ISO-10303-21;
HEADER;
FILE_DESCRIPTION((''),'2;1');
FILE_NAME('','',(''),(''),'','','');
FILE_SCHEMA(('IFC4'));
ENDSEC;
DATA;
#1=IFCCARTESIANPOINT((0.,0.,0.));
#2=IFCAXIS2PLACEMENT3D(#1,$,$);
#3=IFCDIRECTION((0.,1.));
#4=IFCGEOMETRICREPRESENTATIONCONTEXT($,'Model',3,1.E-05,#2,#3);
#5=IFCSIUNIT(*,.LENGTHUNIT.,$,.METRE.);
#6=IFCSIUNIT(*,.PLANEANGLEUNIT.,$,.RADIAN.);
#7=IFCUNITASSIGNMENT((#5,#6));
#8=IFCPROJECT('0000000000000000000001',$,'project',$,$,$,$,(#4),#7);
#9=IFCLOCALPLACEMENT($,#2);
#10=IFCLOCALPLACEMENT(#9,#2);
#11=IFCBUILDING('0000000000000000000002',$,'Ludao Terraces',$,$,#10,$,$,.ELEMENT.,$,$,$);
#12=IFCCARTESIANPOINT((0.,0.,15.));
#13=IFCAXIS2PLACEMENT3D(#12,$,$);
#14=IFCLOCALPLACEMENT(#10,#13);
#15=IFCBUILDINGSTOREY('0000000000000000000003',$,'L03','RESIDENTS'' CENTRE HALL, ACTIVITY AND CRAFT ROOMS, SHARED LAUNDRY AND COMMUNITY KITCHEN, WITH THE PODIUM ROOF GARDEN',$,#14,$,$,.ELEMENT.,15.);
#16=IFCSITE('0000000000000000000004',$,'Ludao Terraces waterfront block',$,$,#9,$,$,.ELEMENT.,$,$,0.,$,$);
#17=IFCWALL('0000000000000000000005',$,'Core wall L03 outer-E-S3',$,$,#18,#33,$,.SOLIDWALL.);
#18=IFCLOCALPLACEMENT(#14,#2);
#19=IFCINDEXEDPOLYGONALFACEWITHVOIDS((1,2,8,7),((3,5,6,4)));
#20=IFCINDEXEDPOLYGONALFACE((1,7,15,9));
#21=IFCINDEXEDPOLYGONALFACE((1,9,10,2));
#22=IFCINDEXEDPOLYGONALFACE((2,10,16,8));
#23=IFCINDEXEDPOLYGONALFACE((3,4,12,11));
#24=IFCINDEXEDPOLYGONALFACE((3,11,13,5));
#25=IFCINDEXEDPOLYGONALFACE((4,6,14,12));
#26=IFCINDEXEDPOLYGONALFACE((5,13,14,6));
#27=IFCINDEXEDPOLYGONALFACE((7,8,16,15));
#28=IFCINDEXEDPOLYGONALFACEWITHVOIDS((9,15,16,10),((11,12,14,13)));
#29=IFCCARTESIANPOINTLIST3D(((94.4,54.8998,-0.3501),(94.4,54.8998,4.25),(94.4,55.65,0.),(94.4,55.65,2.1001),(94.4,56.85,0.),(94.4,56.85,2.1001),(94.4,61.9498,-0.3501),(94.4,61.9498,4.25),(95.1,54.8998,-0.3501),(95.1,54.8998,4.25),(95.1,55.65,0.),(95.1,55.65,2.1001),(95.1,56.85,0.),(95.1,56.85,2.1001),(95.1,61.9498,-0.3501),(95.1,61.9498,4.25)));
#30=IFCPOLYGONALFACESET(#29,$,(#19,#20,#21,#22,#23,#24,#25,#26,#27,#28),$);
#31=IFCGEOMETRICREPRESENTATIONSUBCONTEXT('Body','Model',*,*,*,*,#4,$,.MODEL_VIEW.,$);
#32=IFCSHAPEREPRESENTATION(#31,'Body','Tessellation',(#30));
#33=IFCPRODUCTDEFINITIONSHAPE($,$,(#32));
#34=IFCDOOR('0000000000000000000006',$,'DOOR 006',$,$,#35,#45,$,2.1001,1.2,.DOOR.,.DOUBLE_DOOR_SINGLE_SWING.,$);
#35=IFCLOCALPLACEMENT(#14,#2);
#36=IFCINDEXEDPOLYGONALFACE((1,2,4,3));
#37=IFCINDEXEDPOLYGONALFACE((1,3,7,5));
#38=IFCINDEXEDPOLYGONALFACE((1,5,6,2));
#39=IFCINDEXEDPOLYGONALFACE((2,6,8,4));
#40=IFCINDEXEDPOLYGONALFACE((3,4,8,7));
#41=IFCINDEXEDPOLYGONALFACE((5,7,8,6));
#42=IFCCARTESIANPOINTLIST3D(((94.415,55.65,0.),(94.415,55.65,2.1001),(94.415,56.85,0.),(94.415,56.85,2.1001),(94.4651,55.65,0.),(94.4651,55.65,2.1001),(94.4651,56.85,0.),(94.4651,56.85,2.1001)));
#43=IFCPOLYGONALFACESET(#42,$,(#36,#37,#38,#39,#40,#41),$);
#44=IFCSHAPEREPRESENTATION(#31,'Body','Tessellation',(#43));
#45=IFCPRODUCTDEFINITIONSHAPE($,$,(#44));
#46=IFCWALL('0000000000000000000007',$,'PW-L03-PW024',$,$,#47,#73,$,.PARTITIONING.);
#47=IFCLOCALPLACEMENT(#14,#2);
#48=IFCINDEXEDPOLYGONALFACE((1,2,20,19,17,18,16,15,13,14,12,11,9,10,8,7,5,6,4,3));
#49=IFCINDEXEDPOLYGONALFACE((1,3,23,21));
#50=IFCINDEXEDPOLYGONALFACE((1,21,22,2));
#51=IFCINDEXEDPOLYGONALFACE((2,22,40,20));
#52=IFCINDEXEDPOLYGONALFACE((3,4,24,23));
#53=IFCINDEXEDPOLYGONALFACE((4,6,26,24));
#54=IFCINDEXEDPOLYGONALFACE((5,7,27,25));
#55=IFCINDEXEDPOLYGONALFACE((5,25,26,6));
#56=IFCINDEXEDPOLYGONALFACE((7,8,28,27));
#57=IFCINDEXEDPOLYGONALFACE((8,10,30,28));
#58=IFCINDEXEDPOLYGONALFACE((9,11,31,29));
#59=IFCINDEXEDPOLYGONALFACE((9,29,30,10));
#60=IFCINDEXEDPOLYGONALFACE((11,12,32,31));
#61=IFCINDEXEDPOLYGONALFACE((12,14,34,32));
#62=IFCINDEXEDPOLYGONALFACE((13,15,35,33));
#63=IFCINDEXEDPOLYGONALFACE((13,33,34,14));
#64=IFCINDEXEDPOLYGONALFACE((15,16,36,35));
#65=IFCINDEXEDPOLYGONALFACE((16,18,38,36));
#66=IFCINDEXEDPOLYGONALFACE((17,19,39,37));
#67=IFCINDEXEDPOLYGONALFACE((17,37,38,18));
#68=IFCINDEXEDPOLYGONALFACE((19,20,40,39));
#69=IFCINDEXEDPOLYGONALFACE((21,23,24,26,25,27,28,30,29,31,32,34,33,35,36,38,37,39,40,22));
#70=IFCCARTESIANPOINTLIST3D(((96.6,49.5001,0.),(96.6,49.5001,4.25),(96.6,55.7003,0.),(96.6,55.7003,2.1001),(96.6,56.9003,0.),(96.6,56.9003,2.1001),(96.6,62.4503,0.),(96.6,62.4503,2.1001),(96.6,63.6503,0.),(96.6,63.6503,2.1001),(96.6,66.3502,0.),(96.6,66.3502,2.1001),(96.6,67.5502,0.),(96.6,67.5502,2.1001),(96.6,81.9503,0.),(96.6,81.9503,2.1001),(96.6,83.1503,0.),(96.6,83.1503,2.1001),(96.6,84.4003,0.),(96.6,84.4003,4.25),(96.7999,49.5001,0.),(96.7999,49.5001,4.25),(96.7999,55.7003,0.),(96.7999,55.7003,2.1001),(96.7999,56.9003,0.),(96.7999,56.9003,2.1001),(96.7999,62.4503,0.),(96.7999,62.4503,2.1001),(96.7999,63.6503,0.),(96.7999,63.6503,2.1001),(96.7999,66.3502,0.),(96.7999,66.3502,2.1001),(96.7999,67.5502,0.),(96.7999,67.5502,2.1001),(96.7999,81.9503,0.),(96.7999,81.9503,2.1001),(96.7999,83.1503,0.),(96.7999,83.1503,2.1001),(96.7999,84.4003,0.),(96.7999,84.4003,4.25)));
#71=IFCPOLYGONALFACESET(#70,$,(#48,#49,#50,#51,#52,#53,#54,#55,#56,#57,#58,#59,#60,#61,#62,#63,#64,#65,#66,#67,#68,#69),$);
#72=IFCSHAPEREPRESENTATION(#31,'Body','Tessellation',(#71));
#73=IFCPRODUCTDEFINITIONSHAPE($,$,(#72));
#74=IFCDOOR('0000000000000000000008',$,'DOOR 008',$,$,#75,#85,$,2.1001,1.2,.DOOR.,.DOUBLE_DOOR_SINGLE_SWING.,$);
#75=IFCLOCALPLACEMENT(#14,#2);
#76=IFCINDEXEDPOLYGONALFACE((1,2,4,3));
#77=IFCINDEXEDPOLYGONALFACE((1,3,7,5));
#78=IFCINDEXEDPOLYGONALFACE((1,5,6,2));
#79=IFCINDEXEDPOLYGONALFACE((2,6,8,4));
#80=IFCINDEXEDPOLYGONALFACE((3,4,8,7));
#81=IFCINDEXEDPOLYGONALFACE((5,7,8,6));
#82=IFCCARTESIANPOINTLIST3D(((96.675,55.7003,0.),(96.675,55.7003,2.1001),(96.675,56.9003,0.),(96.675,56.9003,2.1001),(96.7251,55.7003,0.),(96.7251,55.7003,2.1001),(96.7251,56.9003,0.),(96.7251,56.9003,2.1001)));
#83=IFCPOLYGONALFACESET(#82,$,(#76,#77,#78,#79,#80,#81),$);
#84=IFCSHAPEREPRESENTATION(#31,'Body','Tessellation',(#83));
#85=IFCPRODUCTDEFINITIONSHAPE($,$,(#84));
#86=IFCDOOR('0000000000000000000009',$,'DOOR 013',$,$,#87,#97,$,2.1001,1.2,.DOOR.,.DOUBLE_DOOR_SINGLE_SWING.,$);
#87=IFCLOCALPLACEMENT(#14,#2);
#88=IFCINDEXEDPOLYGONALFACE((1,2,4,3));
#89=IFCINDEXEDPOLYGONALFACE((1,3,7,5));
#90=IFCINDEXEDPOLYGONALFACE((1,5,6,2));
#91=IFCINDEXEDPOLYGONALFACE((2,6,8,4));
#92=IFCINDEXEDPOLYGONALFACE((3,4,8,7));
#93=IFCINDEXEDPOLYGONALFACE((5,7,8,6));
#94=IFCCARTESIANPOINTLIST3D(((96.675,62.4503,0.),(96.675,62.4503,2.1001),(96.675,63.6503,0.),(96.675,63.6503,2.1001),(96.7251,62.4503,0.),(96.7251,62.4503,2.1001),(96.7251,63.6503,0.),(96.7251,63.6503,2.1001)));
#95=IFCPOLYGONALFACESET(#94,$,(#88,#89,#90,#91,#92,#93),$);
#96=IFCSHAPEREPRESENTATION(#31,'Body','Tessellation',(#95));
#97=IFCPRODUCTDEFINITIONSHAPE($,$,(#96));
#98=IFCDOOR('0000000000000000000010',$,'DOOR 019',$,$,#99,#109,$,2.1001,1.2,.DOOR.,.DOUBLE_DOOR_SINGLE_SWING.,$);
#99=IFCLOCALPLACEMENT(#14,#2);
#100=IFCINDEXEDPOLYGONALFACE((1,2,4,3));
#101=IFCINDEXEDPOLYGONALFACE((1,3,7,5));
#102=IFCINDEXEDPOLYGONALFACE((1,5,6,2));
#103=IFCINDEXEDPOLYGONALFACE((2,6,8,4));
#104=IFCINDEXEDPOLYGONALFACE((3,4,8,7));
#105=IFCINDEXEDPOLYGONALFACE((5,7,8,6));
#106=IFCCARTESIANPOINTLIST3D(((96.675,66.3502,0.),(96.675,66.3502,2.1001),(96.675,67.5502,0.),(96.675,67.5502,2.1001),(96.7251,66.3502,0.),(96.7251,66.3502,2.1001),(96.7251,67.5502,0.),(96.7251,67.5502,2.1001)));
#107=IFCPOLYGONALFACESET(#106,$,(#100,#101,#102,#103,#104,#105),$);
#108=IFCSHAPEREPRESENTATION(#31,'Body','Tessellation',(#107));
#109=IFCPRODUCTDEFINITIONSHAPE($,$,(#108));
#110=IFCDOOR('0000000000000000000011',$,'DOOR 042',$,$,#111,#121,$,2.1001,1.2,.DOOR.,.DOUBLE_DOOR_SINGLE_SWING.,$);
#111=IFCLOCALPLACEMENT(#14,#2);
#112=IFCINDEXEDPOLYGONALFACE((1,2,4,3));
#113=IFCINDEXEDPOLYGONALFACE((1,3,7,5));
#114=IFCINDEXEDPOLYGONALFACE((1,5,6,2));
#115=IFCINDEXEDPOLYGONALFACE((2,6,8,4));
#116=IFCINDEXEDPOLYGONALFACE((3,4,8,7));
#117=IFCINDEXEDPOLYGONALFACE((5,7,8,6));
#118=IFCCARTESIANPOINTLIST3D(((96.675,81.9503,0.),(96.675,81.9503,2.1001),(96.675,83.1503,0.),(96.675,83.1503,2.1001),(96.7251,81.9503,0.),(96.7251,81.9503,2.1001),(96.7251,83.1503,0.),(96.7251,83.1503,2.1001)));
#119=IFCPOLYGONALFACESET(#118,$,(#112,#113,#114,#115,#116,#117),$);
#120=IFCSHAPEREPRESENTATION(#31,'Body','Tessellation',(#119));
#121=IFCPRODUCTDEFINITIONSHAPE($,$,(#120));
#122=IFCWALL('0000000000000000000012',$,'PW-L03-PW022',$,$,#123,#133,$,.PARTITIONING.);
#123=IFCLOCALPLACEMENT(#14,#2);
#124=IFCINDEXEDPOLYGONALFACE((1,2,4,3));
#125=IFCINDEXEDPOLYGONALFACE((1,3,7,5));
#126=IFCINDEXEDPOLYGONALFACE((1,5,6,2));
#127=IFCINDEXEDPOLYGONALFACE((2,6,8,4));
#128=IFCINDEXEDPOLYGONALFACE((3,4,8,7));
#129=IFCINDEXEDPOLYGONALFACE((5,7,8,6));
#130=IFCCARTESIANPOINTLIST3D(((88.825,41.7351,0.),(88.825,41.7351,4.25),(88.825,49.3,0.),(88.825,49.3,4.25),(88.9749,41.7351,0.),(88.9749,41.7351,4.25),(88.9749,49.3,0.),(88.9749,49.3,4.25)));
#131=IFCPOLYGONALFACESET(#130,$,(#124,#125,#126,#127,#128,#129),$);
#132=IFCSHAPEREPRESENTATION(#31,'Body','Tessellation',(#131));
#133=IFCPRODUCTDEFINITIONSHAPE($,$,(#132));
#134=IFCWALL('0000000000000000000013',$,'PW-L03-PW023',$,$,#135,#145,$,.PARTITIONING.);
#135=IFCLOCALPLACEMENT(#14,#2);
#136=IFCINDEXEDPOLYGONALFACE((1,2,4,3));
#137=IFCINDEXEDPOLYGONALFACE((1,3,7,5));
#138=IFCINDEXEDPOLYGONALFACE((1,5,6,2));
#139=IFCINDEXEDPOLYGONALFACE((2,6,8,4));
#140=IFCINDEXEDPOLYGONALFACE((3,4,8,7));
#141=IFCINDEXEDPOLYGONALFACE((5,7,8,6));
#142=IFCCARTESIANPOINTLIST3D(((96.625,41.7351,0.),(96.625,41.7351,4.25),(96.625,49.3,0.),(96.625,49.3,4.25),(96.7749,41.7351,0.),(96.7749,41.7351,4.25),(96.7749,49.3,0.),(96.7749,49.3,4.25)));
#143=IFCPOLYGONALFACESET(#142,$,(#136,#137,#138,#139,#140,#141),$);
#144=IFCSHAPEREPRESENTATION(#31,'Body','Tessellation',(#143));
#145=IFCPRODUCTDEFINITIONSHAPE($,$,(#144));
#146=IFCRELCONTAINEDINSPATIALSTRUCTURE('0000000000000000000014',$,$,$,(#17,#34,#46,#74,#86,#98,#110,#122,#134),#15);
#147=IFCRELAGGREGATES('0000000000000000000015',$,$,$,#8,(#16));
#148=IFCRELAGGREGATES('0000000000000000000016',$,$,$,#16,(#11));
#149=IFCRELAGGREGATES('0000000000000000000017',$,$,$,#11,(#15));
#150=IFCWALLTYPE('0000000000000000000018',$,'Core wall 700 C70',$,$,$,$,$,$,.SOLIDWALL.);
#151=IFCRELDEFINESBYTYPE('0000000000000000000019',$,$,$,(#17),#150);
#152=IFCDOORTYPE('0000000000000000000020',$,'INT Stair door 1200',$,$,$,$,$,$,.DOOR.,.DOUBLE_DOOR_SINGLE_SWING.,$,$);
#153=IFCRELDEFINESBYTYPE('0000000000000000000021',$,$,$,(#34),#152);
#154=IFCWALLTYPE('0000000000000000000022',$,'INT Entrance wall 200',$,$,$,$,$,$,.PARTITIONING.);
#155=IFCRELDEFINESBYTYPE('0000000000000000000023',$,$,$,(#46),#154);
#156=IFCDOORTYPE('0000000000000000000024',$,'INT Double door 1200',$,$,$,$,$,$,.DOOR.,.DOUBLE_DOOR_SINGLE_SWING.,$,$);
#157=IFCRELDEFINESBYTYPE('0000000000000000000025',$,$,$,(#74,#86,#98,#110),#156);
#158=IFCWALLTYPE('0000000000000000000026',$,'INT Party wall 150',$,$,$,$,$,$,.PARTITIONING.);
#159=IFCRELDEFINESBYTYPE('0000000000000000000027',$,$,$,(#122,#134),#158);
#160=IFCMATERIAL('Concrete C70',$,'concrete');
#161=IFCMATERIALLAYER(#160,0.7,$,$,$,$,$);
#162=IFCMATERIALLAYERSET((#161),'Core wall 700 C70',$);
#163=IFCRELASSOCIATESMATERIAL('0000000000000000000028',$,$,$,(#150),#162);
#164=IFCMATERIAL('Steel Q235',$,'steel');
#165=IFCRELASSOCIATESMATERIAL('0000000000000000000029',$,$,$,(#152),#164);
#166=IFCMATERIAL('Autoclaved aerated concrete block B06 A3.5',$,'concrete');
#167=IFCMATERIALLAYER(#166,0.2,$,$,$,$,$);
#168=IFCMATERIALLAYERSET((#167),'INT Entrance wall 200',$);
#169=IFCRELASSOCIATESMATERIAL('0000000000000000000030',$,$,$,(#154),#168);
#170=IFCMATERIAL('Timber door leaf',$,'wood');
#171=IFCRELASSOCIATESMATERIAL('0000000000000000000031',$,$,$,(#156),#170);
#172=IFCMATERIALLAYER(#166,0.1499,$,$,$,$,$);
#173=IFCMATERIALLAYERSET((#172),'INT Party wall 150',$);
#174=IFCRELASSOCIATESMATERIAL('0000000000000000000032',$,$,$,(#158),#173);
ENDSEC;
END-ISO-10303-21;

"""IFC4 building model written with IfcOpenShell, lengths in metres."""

from ifc_helpers import new_model, si_unit, direction, frame, frame_2d, origin, place, context, subcontext, project, spatial, rectangle, extrude, material, layer, layer_set, type_object, element, fill, save


model = new_model("IFC4")

# Units and contexts
model_context = context("Model", 3, precision=1e-05, world=origin(), true_north=direction((0.0, 1.0)))
body_context = subcontext(model_context, "Body", "Model", "MODEL_VIEW")
ifc_project = project(units=[si_unit("LENGTHUNIT", "METRE"), si_unit("PLANEANGLEUNIT", "RADIAN")], contexts=[model_context])

# Site, building, storey
site_placement = place(None, origin())
site = spatial("IfcSite", under=ifc_project, at=site_placement, Name="Ludao Terraces waterfront block", CompositionType="ELEMENT", RefElevation=0.0)
building_placement = place(site_placement, origin())
building = spatial("IfcBuilding", under=site, at=building_placement, Name="Ludao Terraces", CompositionType="ELEMENT")
storey_placement = place(building_placement, frame((0.0, 0.0, 15.0)))
storey = spatial("IfcBuildingStorey", under=building, at=storey_placement, Name="L03", Description="RESIDENTS' CENTRE HALL, ACTIVITY AND CRAFT ROOMS, SHARED LAUNDRY AND COMMUNITY KITCHEN, WITH THE PODIUM ROOF GARDEN", CompositionType="ELEMENT", Elevation=15.0)

# Wall, opening, door
ifc_material_1 = material(Name="Concrete C70", Category="concrete")
ifc_layer_1 = layer(ifc_material_1, 0.7)
ifc_layer_set_1 = layer_set([ifc_layer_1], Name="Core wall 700 C70")
wall_type_1 = type_object("IfcWallType", Name="Core wall 700 C70", PredefinedType="SOLIDWALL", material=ifc_layer_set_1)
wall_1_placement = place(storey_placement, frame((94.75, 54.8999, -0.3501), z_axis=(0.0, 0.0, 1.0), x_axis=(0.0, 1.0, 0.0)))
wall_1 = element("IfcWall", 1, at=wall_1_placement, inside=storey, type_object=wall_type_1, Name="Core wall L03 outer-E-S3", PredefinedType="SOLIDWALL", context=body_context, shape_type="SweptSolid", body=[
    extrude(rectangle(XDim=7.05, YDim=0.7, at=frame_2d((3.5249, 0.0))), origin(), (0.0, 0.0, 1.0), 4.6001),
])
opening_1_placement = place(wall_1_placement, frame((0.75, 0.0, 0.3501)))
opening_1 = element("IfcOpeningElement", 2, at=opening_1_placement, cuts=wall_1, PredefinedType="OPENING", context=body_context, shape_type="SweptSolid", body=[
    extrude(rectangle(XDim=1.2, YDim=2.1001, at=frame_2d((0.6001, 1.05))), frame((0.0, 0.3599, 0.0), z_axis=(0.0, -1.0, 0.0), x_axis=(1.0, 0.0, 0.0)), (0.0, 0.0, 1.0), 0.72),
])
ifc_material_2 = material(Name="Steel Q235", Category="steel")
door_type_1 = type_object("IfcDoorType", Name="INT Stair door 1200", OperationType="DOUBLE_DOOR_SINGLE_SWING", PredefinedType="DOOR", material=ifc_material_2)
door_1_placement = place(opening_1_placement, origin())
door_1 = element("IfcDoor", 3, at=door_1_placement, inside=storey, type_object=door_type_1, Name="DOOR 006", OperationType="DOUBLE_DOOR_SINGLE_SWING", OverallHeight=2.1001, OverallWidth=1.2, PredefinedType="DOOR", context=body_context, shape_type="SweptSolid", body=[
    extrude(rectangle(XDim=1.2, YDim=2.1001, at=frame_2d((0.6001, 1.05))), frame((0.0, 0.335, 0.0), z_axis=(0.0, -1.0, 0.0), x_axis=(1.0, 0.0, 0.0)), (0.0, 0.0, 1.0), 0.05),
])
fill(opening_1, door_1)

# Wall, openings, doors
ifc_material_3 = material(Name="Autoclaved aerated concrete block B06 A3.5", Category="concrete")
ifc_layer_2 = layer(ifc_material_3, 0.2)
ifc_layer_set_2 = layer_set([ifc_layer_2], Name="INT Entrance wall 200")
wall_type_2 = type_object("IfcWallType", Name="INT Entrance wall 200", PredefinedType="PARTITIONING", material=ifc_layer_set_2)
wall_2_placement = place(storey_placement, frame((96.7, 49.5, 0.0), z_axis=(0.0, 0.0, 1.0), x_axis=(0.0, 1.0, 0.0)))
wall_2 = element("IfcWall", 4, at=wall_2_placement, inside=storey, type_object=wall_type_2, Name="PW-L03-PW024", PredefinedType="PARTITIONING", context=body_context, shape_type="SweptSolid", body=[
    extrude(rectangle(XDim=34.9001, YDim=0.2, at=frame_2d((17.4502, 0.0))), origin(), (0.0, 0.0, 1.0), 4.25),
])
opening_2_placement = place(wall_2_placement, frame((6.2002, 0.0, 0.0)))
opening_2 = element("IfcOpeningElement", 5, at=opening_2_placement, cuts=wall_2, PredefinedType="OPENING", context=body_context, shape_type="SweptSolid", body=[
    extrude(rectangle(XDim=1.2, YDim=2.1001, at=frame_2d((0.6001, 1.05))), frame((0.0, 0.1099, 0.0), z_axis=(0.0, -1.0, 0.0), x_axis=(1.0, 0.0, 0.0)), (0.0, 0.0, 1.0), 0.22),
])
opening_3_placement = place(wall_2_placement, frame((12.9502, 0.0, 0.0)))
opening_3 = element("IfcOpeningElement", 6, at=opening_3_placement, cuts=wall_2, PredefinedType="OPENING", context=body_context, shape_type="SweptSolid", body=[
    extrude(rectangle(XDim=1.2, YDim=2.1001, at=frame_2d((0.6001, 1.05))), frame((0.0, 0.1099, 0.0), z_axis=(0.0, -1.0, 0.0), x_axis=(1.0, 0.0, 0.0)), (0.0, 0.0, 1.0), 0.22),
])
opening_4_placement = place(wall_2_placement, frame((16.8501, 0.0, 0.0)))
opening_4 = element("IfcOpeningElement", 7, at=opening_4_placement, cuts=wall_2, PredefinedType="OPENING", context=body_context, shape_type="SweptSolid", body=[
    extrude(rectangle(XDim=1.2, YDim=2.1001, at=frame_2d((0.6001, 1.05))), frame((0.0, 0.1099, 0.0), z_axis=(0.0, -1.0, 0.0), x_axis=(1.0, 0.0, 0.0)), (0.0, 0.0, 1.0), 0.22),
])
opening_5_placement = place(wall_2_placement, frame((32.4502, 0.0, 0.0)))
opening_5 = element("IfcOpeningElement", 8, at=opening_5_placement, cuts=wall_2, PredefinedType="OPENING", context=body_context, shape_type="SweptSolid", body=[
    extrude(rectangle(XDim=1.2, YDim=2.1001, at=frame_2d((0.6001, 1.05))), frame((0.0, 0.1099, 0.0), z_axis=(0.0, -1.0, 0.0), x_axis=(1.0, 0.0, 0.0)), (0.0, 0.0, 1.0), 0.22),
])
ifc_material_4 = material(Name="Timber door leaf", Category="wood")
door_type_2 = type_object("IfcDoorType", Name="INT Double door 1200", OperationType="DOUBLE_DOOR_SINGLE_SWING", PredefinedType="DOOR", material=ifc_material_4)
door_2_placement = place(opening_2_placement, origin())
door_2 = element("IfcDoor", 9, at=door_2_placement, inside=storey, type_object=door_type_2, Name="DOOR 008", OperationType="DOUBLE_DOOR_SINGLE_SWING", OverallHeight=2.1001, OverallWidth=1.2, PredefinedType="DOOR", context=body_context, shape_type="SweptSolid", body=[
    extrude(rectangle(XDim=1.2, YDim=2.1001, at=frame_2d((0.6001, 1.05))), frame((0.0, 0.0249, 0.0), z_axis=(0.0, -1.0, 0.0), x_axis=(1.0, 0.0, 0.0)), (0.0, 0.0, 1.0), 0.05),
])
fill(opening_2, door_2)
door_3_placement = place(opening_3_placement, origin())
door_3 = element("IfcDoor", 10, at=door_3_placement, inside=storey, type_object=door_type_2, Name="DOOR 013", OperationType="DOUBLE_DOOR_SINGLE_SWING", OverallHeight=2.1001, OverallWidth=1.2, PredefinedType="DOOR", context=body_context, shape_type="SweptSolid", body=[
    extrude(rectangle(XDim=1.2, YDim=2.1001, at=frame_2d((0.6001, 1.05))), frame((0.0, 0.0249, 0.0), z_axis=(0.0, -1.0, 0.0), x_axis=(1.0, 0.0, 0.0)), (0.0, 0.0, 1.0), 0.05),
])
fill(opening_3, door_3)
door_4_placement = place(opening_4_placement, origin())
door_4 = element("IfcDoor", 11, at=door_4_placement, inside=storey, type_object=door_type_2, Name="DOOR 019", OperationType="DOUBLE_DOOR_SINGLE_SWING", OverallHeight=2.1001, OverallWidth=1.2, PredefinedType="DOOR", context=body_context, shape_type="SweptSolid", body=[
    extrude(rectangle(XDim=1.2, YDim=2.1001, at=frame_2d((0.6001, 1.05))), frame((0.0, 0.0249, 0.0), z_axis=(0.0, -1.0, 0.0), x_axis=(1.0, 0.0, 0.0)), (0.0, 0.0, 1.0), 0.05),
])
fill(opening_4, door_4)
door_5_placement = place(opening_5_placement, origin())
door_5 = element("IfcDoor", 12, at=door_5_placement, inside=storey, type_object=door_type_2, Name="DOOR 042", OperationType="DOUBLE_DOOR_SINGLE_SWING", OverallHeight=2.1001, OverallWidth=1.2, PredefinedType="DOOR", context=body_context, shape_type="SweptSolid", body=[
    extrude(rectangle(XDim=1.2, YDim=2.1001, at=frame_2d((0.6001, 1.05))), frame((0.0, 0.0249, 0.0), z_axis=(0.0, -1.0, 0.0), x_axis=(1.0, 0.0, 0.0)), (0.0, 0.0, 1.0), 0.05),
])
fill(opening_5, door_5)

# Walls
ifc_layer_3 = layer(ifc_material_3, 0.1499)
ifc_layer_set_3 = layer_set([ifc_layer_3], Name="INT Party wall 150")
wall_type_3 = type_object("IfcWallType", Name="INT Party wall 150", PredefinedType="PARTITIONING", material=ifc_layer_set_3)
for number, where, z_axis, x_axis, name in (
    (13, (88.8999, 41.7351, 0.0), (0.0, 0.0, 1.0), (0.0, 1.0, 0.0), "PW-L03-PW022"),
    (14, (96.7, 41.7351, 0.0), (0.0, 0.0, 1.0), (0.0, 1.0, 0.0), "PW-L03-PW023"),
):
    element("IfcWall", number, at=place(storey_placement, frame(where, z_axis=z_axis, x_axis=x_axis)), inside=storey, type_object=wall_type_3, Name=name, PredefinedType="PARTITIONING", context=body_context, shape_type="SweptSolid", body=[
        extrude(rectangle(XDim=7.5649, YDim=0.1499, at=frame_2d((3.7825, 0.0))), origin(), (0.0, 0.0, 1.0), 4.25),
    ])

save(model, "model.ifc")
